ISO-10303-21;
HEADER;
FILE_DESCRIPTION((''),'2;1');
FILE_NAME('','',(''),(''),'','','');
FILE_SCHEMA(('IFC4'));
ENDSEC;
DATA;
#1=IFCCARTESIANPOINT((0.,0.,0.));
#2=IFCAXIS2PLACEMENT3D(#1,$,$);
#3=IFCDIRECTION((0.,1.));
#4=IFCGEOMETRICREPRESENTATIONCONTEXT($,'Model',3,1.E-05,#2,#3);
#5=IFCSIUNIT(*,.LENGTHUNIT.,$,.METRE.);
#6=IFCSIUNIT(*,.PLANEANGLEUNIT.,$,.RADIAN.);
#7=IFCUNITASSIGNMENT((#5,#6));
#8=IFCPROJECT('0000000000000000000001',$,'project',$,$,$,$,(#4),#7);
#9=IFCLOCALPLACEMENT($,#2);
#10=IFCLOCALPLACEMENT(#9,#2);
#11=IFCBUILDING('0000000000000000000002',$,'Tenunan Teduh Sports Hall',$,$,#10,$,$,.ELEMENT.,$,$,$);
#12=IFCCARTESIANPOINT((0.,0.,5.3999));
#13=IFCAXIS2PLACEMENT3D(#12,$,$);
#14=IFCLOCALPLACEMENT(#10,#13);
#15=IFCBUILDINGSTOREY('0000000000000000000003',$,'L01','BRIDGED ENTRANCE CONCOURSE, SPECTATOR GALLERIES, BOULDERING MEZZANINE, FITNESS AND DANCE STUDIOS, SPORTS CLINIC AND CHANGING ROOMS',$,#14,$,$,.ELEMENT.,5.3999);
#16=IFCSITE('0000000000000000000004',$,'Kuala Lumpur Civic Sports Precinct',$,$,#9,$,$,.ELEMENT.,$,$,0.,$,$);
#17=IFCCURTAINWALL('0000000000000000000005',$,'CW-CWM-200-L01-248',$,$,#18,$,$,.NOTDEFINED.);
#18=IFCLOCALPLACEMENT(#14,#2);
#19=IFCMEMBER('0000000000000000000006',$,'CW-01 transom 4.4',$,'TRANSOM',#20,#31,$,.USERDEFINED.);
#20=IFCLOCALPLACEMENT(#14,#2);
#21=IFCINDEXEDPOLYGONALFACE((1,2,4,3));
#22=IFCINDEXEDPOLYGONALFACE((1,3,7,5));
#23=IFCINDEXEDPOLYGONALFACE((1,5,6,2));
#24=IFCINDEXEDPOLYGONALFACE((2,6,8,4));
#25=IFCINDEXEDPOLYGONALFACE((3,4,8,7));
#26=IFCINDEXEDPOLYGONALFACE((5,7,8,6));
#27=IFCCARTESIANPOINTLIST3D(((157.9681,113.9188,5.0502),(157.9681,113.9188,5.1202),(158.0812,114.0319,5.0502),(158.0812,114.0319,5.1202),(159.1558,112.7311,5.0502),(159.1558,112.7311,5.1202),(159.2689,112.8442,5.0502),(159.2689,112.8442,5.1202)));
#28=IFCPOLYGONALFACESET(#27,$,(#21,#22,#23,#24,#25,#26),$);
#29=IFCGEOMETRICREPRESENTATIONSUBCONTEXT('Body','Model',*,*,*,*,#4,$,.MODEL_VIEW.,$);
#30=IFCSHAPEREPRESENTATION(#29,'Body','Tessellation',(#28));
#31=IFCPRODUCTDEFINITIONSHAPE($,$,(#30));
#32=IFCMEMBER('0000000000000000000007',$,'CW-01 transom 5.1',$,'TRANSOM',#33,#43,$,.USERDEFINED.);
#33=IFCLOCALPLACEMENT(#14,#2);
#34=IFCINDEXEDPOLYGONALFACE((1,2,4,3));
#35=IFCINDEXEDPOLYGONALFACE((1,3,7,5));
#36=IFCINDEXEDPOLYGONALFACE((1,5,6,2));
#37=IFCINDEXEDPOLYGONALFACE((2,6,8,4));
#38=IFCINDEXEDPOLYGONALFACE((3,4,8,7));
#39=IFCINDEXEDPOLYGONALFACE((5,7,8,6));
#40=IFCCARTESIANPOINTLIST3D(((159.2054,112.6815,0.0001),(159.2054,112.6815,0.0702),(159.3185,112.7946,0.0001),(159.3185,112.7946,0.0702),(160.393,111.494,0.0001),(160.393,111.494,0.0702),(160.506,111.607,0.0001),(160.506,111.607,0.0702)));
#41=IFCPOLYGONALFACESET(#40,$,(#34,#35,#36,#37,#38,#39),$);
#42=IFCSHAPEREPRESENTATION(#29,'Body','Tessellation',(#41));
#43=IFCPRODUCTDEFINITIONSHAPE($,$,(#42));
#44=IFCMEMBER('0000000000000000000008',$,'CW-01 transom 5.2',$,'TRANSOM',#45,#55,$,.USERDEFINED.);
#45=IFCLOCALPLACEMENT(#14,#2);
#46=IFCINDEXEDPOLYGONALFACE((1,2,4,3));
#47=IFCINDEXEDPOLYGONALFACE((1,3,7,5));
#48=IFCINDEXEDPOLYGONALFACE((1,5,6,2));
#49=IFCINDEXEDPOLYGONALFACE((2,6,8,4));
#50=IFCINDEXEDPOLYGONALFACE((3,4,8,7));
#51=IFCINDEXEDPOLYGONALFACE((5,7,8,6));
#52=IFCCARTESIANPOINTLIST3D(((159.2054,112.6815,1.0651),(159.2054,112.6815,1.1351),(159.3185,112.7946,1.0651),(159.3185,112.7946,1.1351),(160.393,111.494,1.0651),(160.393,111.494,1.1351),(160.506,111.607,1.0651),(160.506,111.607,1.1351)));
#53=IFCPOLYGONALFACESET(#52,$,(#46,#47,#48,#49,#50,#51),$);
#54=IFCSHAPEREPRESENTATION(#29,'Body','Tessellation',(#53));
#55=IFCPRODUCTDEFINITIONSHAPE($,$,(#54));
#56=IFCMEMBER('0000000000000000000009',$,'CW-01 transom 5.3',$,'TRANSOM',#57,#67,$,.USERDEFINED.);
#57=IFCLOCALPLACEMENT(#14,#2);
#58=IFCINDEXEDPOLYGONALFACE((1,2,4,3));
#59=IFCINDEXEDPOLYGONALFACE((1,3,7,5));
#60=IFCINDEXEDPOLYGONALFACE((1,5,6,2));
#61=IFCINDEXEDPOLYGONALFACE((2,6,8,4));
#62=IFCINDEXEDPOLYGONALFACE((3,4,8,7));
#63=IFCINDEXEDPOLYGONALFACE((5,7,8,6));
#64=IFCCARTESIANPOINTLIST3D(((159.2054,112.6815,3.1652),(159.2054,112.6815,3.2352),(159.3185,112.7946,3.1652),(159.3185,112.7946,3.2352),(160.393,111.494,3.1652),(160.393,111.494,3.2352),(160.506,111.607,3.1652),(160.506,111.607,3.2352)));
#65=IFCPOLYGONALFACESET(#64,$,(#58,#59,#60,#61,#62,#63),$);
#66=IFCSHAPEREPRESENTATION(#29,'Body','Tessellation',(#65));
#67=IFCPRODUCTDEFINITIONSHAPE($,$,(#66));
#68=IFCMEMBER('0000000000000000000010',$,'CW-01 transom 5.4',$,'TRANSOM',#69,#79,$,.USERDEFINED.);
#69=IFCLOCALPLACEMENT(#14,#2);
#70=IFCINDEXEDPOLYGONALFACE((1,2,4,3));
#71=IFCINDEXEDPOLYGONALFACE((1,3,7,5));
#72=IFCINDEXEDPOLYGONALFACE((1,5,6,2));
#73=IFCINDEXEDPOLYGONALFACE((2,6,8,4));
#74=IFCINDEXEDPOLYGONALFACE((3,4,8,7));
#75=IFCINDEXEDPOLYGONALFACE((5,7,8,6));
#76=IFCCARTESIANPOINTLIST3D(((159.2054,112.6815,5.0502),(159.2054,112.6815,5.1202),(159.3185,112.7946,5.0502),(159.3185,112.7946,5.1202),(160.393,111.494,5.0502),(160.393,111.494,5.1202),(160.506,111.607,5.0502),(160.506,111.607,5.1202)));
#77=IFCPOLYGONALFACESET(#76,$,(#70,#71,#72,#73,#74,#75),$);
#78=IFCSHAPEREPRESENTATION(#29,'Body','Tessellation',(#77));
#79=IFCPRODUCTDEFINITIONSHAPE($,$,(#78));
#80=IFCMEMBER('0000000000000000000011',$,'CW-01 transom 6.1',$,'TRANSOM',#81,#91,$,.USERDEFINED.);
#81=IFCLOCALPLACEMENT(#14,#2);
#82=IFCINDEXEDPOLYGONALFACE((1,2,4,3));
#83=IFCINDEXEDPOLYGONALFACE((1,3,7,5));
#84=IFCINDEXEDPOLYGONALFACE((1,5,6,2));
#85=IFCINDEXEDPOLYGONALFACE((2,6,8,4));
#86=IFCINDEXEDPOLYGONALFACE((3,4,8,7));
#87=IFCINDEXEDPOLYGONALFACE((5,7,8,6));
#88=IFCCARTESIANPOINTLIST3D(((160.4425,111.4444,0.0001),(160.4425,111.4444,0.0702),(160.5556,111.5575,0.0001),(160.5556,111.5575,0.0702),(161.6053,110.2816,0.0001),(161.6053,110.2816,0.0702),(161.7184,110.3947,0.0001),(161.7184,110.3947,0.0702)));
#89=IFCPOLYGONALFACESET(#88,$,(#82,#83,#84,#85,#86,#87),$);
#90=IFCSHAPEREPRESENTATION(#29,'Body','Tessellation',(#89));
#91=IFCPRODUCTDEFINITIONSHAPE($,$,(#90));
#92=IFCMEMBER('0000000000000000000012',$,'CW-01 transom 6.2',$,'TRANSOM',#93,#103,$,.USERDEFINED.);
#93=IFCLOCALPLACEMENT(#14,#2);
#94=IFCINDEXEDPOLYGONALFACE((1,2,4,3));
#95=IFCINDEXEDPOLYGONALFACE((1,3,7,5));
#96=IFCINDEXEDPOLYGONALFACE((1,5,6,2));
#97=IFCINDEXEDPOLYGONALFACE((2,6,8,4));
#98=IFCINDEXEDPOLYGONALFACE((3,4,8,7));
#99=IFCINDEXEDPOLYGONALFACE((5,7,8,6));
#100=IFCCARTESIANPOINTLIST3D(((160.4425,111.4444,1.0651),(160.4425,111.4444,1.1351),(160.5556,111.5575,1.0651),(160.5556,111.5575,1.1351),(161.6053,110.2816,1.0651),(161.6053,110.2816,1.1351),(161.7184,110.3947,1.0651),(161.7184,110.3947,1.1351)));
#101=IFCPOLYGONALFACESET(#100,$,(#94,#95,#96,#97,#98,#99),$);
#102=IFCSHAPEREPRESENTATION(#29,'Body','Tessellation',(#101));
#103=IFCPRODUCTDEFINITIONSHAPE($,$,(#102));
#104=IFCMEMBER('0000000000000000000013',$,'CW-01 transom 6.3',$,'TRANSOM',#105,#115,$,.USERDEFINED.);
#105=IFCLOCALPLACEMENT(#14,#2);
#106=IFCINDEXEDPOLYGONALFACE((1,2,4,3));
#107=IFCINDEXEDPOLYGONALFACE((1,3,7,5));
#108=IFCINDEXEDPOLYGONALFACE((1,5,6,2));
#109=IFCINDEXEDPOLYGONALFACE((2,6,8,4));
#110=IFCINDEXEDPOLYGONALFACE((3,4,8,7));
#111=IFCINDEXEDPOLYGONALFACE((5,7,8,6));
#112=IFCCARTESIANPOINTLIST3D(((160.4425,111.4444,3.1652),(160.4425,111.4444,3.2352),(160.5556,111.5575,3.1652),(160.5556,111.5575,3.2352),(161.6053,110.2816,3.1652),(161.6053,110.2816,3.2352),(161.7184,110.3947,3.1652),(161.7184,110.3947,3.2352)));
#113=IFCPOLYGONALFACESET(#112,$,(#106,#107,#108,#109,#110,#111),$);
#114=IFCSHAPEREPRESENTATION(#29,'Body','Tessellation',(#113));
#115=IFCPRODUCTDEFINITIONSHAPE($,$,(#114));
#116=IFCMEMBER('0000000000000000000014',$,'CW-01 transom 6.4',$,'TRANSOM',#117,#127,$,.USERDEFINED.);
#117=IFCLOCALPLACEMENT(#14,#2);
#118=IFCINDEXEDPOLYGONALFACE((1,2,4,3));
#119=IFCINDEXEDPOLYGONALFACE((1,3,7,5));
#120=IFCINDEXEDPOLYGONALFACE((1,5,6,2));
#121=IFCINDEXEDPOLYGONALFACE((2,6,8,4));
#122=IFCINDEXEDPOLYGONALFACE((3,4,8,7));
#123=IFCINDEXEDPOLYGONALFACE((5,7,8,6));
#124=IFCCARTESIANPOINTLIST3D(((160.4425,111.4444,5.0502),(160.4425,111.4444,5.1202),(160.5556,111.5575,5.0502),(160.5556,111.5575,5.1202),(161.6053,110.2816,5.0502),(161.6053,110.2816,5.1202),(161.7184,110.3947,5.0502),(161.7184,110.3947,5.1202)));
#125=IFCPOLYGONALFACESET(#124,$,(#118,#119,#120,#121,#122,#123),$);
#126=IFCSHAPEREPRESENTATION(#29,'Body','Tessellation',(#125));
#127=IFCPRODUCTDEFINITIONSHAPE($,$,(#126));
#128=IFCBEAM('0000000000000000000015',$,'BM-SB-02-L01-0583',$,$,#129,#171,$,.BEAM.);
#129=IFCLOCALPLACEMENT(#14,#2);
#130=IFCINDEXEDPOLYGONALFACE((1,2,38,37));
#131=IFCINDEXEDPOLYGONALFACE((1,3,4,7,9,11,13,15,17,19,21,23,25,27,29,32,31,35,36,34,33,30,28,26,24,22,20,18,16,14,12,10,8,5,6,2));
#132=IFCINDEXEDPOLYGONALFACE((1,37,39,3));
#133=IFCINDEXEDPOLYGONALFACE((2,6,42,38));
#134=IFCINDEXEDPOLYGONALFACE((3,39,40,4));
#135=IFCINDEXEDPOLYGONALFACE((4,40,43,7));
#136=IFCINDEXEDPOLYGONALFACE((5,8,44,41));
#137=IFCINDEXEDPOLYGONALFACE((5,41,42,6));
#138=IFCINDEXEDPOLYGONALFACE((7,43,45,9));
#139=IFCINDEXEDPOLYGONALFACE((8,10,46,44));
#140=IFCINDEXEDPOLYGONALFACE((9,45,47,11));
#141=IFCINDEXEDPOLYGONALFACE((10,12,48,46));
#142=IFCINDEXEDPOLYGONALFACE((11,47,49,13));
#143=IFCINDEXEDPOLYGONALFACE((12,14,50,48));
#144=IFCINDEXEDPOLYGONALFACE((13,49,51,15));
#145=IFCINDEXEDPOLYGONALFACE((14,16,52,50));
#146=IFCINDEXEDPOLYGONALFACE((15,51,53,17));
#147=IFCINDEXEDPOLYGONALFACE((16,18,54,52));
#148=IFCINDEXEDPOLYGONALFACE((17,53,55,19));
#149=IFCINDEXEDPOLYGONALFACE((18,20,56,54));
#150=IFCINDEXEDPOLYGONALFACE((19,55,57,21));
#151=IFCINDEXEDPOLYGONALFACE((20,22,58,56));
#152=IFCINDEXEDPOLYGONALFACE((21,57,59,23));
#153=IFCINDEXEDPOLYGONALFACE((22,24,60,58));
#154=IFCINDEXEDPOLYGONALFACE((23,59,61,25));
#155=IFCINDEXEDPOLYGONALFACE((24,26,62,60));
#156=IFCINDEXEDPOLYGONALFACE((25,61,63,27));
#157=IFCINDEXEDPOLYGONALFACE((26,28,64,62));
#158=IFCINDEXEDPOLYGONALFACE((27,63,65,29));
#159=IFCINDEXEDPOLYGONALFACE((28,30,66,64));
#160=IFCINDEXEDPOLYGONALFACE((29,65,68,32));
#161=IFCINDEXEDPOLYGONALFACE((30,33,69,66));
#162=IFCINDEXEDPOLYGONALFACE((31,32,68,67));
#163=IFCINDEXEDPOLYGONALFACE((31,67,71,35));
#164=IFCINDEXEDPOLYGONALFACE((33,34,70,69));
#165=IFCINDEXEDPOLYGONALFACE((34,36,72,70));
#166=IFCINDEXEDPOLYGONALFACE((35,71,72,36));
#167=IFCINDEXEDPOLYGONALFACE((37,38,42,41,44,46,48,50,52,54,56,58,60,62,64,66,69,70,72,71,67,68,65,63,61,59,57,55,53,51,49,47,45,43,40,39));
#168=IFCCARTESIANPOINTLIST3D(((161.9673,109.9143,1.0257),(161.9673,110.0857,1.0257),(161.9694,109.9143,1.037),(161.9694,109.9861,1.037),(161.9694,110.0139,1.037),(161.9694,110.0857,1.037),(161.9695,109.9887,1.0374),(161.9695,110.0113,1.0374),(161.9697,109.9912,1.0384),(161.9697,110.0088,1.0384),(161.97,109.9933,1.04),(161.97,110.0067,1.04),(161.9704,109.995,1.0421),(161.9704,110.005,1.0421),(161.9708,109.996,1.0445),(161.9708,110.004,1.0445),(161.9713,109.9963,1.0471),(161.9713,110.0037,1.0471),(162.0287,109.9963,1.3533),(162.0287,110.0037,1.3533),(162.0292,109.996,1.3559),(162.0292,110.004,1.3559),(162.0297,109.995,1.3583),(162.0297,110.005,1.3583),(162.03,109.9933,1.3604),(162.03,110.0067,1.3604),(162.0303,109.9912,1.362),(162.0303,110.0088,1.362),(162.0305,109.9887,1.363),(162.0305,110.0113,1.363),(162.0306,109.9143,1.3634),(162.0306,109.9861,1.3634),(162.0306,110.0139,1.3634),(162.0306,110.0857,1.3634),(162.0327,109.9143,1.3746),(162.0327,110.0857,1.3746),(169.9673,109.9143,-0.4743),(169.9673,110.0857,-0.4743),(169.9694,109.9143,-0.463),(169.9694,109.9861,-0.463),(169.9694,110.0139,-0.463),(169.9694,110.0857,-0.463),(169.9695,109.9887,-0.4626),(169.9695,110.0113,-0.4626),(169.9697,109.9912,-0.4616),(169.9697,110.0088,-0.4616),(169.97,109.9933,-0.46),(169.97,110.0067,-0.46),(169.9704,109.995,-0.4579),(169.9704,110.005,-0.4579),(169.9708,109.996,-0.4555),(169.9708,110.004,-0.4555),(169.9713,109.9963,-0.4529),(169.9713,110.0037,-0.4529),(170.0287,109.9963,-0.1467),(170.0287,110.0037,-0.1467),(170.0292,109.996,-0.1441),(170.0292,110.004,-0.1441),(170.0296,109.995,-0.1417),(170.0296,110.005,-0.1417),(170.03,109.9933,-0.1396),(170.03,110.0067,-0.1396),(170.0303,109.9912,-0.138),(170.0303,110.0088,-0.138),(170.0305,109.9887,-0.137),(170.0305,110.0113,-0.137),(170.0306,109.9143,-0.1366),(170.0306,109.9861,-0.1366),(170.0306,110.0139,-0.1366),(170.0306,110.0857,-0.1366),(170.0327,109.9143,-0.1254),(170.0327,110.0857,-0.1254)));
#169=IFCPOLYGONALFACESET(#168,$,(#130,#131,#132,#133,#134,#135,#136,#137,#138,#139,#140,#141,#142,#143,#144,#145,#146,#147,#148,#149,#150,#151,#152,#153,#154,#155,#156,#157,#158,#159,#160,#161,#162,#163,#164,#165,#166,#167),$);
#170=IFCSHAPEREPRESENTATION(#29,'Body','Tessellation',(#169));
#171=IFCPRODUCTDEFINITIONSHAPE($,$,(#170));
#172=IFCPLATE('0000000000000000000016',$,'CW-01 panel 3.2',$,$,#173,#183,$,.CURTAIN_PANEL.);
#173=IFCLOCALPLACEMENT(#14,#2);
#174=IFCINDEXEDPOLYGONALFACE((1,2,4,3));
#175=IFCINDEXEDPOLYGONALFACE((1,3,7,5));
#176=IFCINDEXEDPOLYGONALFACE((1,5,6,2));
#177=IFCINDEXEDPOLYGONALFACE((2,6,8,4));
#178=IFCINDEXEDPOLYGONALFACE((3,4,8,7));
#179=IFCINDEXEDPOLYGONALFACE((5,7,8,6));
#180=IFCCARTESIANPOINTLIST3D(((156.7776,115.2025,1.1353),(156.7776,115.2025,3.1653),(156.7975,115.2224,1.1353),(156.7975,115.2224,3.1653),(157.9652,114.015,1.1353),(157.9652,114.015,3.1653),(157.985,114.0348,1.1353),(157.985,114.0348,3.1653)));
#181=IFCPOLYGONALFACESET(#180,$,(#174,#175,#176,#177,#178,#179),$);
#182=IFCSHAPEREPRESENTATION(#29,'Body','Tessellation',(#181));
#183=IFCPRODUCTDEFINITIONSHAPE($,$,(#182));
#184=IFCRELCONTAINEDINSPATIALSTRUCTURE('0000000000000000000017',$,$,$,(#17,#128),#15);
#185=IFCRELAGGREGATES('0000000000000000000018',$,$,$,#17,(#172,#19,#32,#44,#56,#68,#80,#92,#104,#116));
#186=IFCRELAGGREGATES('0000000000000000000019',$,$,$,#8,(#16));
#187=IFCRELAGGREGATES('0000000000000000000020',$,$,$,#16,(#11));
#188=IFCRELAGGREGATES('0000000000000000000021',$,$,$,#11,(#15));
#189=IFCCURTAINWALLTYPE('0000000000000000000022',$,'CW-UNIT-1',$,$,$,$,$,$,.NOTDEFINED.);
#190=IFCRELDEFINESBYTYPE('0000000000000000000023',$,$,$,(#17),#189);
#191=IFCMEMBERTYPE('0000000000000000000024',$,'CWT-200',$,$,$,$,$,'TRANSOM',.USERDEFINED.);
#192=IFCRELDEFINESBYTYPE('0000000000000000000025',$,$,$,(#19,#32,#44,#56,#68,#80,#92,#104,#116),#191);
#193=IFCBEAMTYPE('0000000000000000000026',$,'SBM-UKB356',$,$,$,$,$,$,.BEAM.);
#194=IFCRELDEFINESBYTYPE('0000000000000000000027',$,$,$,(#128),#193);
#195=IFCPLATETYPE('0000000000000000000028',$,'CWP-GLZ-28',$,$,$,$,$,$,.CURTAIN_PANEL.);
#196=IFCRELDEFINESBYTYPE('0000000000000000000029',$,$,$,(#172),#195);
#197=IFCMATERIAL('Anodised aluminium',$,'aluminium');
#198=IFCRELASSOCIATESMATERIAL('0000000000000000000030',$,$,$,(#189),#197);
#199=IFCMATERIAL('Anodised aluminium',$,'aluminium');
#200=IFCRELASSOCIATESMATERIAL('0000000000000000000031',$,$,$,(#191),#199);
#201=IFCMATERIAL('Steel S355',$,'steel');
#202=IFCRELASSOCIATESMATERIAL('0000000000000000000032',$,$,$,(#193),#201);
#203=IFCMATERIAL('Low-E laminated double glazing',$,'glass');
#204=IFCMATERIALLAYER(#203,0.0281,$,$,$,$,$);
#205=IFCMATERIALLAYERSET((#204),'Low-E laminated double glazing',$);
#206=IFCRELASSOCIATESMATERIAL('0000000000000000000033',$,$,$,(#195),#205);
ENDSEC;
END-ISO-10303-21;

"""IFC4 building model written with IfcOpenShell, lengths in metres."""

from ifc_helpers import new_model, si_unit, direction, frame, origin, origin_2d, place, context, subcontext, project, spatial, rectangle, i_section, extrude, material, layer, layer_set, material_profile, profile_set, type_object, element, aggregate, save


model = new_model("IFC4")

# Units and contexts
model_context = context("Model", 3, precision=1e-05, world=origin(), true_north=direction((0.0, 1.0)))
body_context = subcontext(model_context, "Body", "Model", "MODEL_VIEW")
ifc_project = project(units=[si_unit("LENGTHUNIT", "METRE"), si_unit("PLANEANGLEUNIT", "RADIAN")], contexts=[model_context])

# Site, building, storey
site_placement = place(None, origin())
site = spatial("IfcSite", under=ifc_project, at=site_placement, Name="Kuala Lumpur Civic Sports Precinct", CompositionType="ELEMENT", RefElevation=0.0)
building_placement = place(site_placement, origin())
building = spatial("IfcBuilding", under=site, at=building_placement, Name="Tenunan Teduh Sports Hall", CompositionType="ELEMENT")
storey_placement = place(building_placement, frame((0.0, 0.0, 5.3999)))
storey = spatial("IfcBuildingStorey", under=building, at=storey_placement, Name="L01", Description="BRIDGED ENTRANCE CONCOURSE, SPECTATOR GALLERIES, BOULDERING MEZZANINE, FITNESS AND DANCE STUDIOS, SPORTS CLINIC AND CHANGING ROOMS", CompositionType="ELEMENT", Elevation=5.3999)

# Shared definitions
ifc_material_1 = material(Name="Anodised aluminium", Category="aluminium")
curtain_wall_type = type_object("IfcCurtainWallType", Name="CW-UNIT-1", PredefinedType="NOTDEFINED", material=ifc_material_1)

# Curtain wall
curtain_wall_1_placement = place(storey_placement, origin())
curtain_wall_1 = element("IfcCurtainWall", 1, at=curtain_wall_1_placement, inside=storey, type_object=curtain_wall_type, Name="CW-CWM-200-L01-248", PredefinedType="NOTDEFINED")

# Members
ifc_material_2 = material(Name="Anodised aluminium", Category="aluminium")
ifc_material_profile_1 = material_profile(ifc_material_2, rectangle(XDim=0.0701, YDim=0.1599, at=origin_2d()), Name="CWT 70x160")
ifc_profile_set_1 = profile_set([ifc_material_profile_1], Name="Anodised aluminium")
member_type_1 = type_object("IfcMemberType", Name="CWT-200", ElementType="TRANSOM", PredefinedType="USERDEFINED", material=ifc_profile_set_1)
member_1_placement = place(storey_placement, frame((158.0247, 113.9753, 5.0852), z_axis=(0.707107, -0.707107, 0.0), x_axis=(0.0, 0.0, 1.0)))
member_1 = element("IfcMember", 2, at=member_1_placement, type_object=member_type_1, Name="CW-01 transom 4.4", ObjectType="TRANSOM", PredefinedType="USERDEFINED", context=body_context, shape_type="SweptSolid", body=[
    extrude(rectangle(XDim=0.0701, YDim=0.1599, at=origin_2d()), origin(), (0.0, 0.0, 1.0), 1.6797),
])
member_2_placement = place(storey_placement, frame((159.262, 112.738, 0.0352), z_axis=(0.707107, -0.707107, 0.0), x_axis=(0.0, 0.0, 1.0)))
member_2 = element("IfcMember", 3, at=member_2_placement, type_object=member_type_1, Name="CW-01 transom 5.1", ObjectType="TRANSOM", PredefinedType="USERDEFINED", context=body_context, shape_type="SweptSolid", body=[
    extrude(rectangle(XDim=0.0701, YDim=0.1599, at=origin_2d()), origin(), (0.0, 0.0, 1.0), 1.6794),
])
member_3_placement = place(storey_placement, frame((159.262, 112.738, 1.1001), z_axis=(0.707107, -0.707107, 0.0), x_axis=(0.0, 0.0, 1.0)))
member_3 = element("IfcMember", 4, at=member_3_placement, type_object=member_type_1, Name="CW-01 transom 5.2", ObjectType="TRANSOM", PredefinedType="USERDEFINED", context=body_context, shape_type="SweptSolid", body=[
    extrude(rectangle(XDim=0.0701, YDim=0.1599, at=origin_2d()), origin(), (0.0, 0.0, 1.0), 1.6794),
])
member_4_placement = place(storey_placement, frame((159.262, 112.738, 3.2002), z_axis=(0.707107, -0.707107, 0.0), x_axis=(0.0, 0.0, 1.0)))
member_4 = element("IfcMember", 5, at=member_4_placement, type_object=member_type_1, Name="CW-01 transom 5.3", ObjectType="TRANSOM", PredefinedType="USERDEFINED", context=body_context, shape_type="SweptSolid", body=[
    extrude(rectangle(XDim=0.0701, YDim=0.1599, at=origin_2d()), origin(), (0.0, 0.0, 1.0), 1.6794),
])
member_5_placement = place(storey_placement, frame((159.262, 112.738, 5.0852), z_axis=(0.707107, -0.707107, 0.0), x_axis=(0.0, 0.0, 1.0)))
member_5 = element("IfcMember", 6, at=member_5_placement, type_object=member_type_1, Name="CW-01 transom 5.4", ObjectType="TRANSOM", PredefinedType="USERDEFINED", context=body_context, shape_type="SweptSolid", body=[
    extrude(rectangle(XDim=0.0701, YDim=0.1599, at=origin_2d()), origin(), (0.0, 0.0, 1.0), 1.6794),
])
member_6_placement = place(storey_placement, frame((160.499, 111.501, 0.0352), z_axis=(0.707107, -0.707107, 0.0), x_axis=(0.0, 0.0, 1.0)))
member_6 = element("IfcMember", 7, at=member_6_placement, type_object=member_type_1, Name="CW-01 transom 6.1", ObjectType="TRANSOM", PredefinedType="USERDEFINED", context=body_context, shape_type="SweptSolid", body=[
    extrude(rectangle(XDim=0.0701, YDim=0.1599, at=origin_2d()), origin(), (0.0, 0.0, 1.0), 1.6445),
])
member_7_placement = place(storey_placement, frame((160.499, 111.501, 1.1001), z_axis=(0.707107, -0.707107, 0.0), x_axis=(0.0, 0.0, 1.0)))
member_7 = element("IfcMember", 8, at=member_7_placement, type_object=member_type_1, Name="CW-01 transom 6.2", ObjectType="TRANSOM", PredefinedType="USERDEFINED", context=body_context, shape_type="SweptSolid", body=[
    extrude(rectangle(XDim=0.0701, YDim=0.1599, at=origin_2d()), origin(), (0.0, 0.0, 1.0), 1.6445),
])
member_8_placement = place(storey_placement, frame((160.499, 111.501, 3.2002), z_axis=(0.707107, -0.707107, 0.0), x_axis=(0.0, 0.0, 1.0)))
member_8 = element("IfcMember", 9, at=member_8_placement, type_object=member_type_1, Name="CW-01 transom 6.3", ObjectType="TRANSOM", PredefinedType="USERDEFINED", context=body_context, shape_type="SweptSolid", body=[
    extrude(rectangle(XDim=0.0701, YDim=0.1599, at=origin_2d()), origin(), (0.0, 0.0, 1.0), 1.6445),
])
member_9_placement = place(storey_placement, frame((160.499, 111.501, 5.0852), z_axis=(0.707107, -0.707107, 0.0), x_axis=(0.0, 0.0, 1.0)))
member_9 = element("IfcMember", 10, at=member_9_placement, type_object=member_type_1, Name="CW-01 transom 6.4", ObjectType="TRANSOM", PredefinedType="USERDEFINED", context=body_context, shape_type="SweptSolid", body=[
    extrude(rectangle(XDim=0.0701, YDim=0.1599, at=origin_2d()), origin(), (0.0, 0.0, 1.0), 1.6445),
])

# Beam
ifc_material_3 = material(Name="Steel S355", Category="steel")
ifc_material_profile_2 = material_profile(ifc_material_3, i_section(OverallWidth=0.1714, OverallDepth=0.355, WebThickness=0.0073, FlangeThickness=0.0115, FilletRadius=0.0103, at=origin_2d()), Name="UKB 356x171x51")
ifc_profile_set_2 = profile_set([ifc_material_profile_2], Name="Steel S355")
beam_type = type_object("IfcBeamType", Name="SBM-UKB356", PredefinedType="BEAM", material=ifc_profile_set_2)
beam_placement = place(storey_placement, frame((170.0, 110.0, -0.2998), z_axis=(-0.982872, 0.0, 0.184289), x_axis=(0.0, -1.0, 0.0)))
element("IfcBeam", 11, at=beam_placement, inside=storey, type_object=beam_type, Name="BM-SB-02-L01-0583", PredefinedType="BEAM", context=body_context, shape_type="SweptSolid", body=[
    extrude(i_section(OverallWidth=0.1714, OverallDepth=0.355, WebThickness=0.0073, FlangeThickness=0.0115, FilletRadius=0.0103, at=origin_2d()), origin(), (0.0, 0.0, 1.0), 8.1394),
])

# Plate
ifc_material_4 = material(Name="Low-E laminated double glazing", Category="glass")
ifc_layer_1 = layer(ifc_material_4, 0.0281)
ifc_layer_set_1 = layer_set([ifc_layer_1], Name="Low-E laminated double glazing")
plate_type_1 = type_object("IfcPlateType", Name="CWP-GLZ-28", PredefinedType="CURTAIN_PANEL", material=ifc_layer_set_1)
plate_1_placement = place(storey_placement, frame((157.3813, 114.6187, 1.1353), z_axis=(0.0, 0.0, 1.0), x_axis=(0.707107, -0.707107, 0.0)))
plate_1 = element("IfcPlate", 12, at=plate_1_placement, type_object=plate_type_1, Name="CW-01 panel 3.2", PredefinedType="CURTAIN_PANEL", context=body_context, shape_type="SweptSolid", body=[
    extrude(rectangle(XDim=1.6794, YDim=0.0281, at=origin_2d()), origin(), (0.0, 0.0, 1.0), 2.03),
])
aggregate(curtain_wall_1, [plate_1, member_1, member_2, member_3, member_4, member_5, member_6, member_7, member_8, member_9])

save(model, "model.ifc")
